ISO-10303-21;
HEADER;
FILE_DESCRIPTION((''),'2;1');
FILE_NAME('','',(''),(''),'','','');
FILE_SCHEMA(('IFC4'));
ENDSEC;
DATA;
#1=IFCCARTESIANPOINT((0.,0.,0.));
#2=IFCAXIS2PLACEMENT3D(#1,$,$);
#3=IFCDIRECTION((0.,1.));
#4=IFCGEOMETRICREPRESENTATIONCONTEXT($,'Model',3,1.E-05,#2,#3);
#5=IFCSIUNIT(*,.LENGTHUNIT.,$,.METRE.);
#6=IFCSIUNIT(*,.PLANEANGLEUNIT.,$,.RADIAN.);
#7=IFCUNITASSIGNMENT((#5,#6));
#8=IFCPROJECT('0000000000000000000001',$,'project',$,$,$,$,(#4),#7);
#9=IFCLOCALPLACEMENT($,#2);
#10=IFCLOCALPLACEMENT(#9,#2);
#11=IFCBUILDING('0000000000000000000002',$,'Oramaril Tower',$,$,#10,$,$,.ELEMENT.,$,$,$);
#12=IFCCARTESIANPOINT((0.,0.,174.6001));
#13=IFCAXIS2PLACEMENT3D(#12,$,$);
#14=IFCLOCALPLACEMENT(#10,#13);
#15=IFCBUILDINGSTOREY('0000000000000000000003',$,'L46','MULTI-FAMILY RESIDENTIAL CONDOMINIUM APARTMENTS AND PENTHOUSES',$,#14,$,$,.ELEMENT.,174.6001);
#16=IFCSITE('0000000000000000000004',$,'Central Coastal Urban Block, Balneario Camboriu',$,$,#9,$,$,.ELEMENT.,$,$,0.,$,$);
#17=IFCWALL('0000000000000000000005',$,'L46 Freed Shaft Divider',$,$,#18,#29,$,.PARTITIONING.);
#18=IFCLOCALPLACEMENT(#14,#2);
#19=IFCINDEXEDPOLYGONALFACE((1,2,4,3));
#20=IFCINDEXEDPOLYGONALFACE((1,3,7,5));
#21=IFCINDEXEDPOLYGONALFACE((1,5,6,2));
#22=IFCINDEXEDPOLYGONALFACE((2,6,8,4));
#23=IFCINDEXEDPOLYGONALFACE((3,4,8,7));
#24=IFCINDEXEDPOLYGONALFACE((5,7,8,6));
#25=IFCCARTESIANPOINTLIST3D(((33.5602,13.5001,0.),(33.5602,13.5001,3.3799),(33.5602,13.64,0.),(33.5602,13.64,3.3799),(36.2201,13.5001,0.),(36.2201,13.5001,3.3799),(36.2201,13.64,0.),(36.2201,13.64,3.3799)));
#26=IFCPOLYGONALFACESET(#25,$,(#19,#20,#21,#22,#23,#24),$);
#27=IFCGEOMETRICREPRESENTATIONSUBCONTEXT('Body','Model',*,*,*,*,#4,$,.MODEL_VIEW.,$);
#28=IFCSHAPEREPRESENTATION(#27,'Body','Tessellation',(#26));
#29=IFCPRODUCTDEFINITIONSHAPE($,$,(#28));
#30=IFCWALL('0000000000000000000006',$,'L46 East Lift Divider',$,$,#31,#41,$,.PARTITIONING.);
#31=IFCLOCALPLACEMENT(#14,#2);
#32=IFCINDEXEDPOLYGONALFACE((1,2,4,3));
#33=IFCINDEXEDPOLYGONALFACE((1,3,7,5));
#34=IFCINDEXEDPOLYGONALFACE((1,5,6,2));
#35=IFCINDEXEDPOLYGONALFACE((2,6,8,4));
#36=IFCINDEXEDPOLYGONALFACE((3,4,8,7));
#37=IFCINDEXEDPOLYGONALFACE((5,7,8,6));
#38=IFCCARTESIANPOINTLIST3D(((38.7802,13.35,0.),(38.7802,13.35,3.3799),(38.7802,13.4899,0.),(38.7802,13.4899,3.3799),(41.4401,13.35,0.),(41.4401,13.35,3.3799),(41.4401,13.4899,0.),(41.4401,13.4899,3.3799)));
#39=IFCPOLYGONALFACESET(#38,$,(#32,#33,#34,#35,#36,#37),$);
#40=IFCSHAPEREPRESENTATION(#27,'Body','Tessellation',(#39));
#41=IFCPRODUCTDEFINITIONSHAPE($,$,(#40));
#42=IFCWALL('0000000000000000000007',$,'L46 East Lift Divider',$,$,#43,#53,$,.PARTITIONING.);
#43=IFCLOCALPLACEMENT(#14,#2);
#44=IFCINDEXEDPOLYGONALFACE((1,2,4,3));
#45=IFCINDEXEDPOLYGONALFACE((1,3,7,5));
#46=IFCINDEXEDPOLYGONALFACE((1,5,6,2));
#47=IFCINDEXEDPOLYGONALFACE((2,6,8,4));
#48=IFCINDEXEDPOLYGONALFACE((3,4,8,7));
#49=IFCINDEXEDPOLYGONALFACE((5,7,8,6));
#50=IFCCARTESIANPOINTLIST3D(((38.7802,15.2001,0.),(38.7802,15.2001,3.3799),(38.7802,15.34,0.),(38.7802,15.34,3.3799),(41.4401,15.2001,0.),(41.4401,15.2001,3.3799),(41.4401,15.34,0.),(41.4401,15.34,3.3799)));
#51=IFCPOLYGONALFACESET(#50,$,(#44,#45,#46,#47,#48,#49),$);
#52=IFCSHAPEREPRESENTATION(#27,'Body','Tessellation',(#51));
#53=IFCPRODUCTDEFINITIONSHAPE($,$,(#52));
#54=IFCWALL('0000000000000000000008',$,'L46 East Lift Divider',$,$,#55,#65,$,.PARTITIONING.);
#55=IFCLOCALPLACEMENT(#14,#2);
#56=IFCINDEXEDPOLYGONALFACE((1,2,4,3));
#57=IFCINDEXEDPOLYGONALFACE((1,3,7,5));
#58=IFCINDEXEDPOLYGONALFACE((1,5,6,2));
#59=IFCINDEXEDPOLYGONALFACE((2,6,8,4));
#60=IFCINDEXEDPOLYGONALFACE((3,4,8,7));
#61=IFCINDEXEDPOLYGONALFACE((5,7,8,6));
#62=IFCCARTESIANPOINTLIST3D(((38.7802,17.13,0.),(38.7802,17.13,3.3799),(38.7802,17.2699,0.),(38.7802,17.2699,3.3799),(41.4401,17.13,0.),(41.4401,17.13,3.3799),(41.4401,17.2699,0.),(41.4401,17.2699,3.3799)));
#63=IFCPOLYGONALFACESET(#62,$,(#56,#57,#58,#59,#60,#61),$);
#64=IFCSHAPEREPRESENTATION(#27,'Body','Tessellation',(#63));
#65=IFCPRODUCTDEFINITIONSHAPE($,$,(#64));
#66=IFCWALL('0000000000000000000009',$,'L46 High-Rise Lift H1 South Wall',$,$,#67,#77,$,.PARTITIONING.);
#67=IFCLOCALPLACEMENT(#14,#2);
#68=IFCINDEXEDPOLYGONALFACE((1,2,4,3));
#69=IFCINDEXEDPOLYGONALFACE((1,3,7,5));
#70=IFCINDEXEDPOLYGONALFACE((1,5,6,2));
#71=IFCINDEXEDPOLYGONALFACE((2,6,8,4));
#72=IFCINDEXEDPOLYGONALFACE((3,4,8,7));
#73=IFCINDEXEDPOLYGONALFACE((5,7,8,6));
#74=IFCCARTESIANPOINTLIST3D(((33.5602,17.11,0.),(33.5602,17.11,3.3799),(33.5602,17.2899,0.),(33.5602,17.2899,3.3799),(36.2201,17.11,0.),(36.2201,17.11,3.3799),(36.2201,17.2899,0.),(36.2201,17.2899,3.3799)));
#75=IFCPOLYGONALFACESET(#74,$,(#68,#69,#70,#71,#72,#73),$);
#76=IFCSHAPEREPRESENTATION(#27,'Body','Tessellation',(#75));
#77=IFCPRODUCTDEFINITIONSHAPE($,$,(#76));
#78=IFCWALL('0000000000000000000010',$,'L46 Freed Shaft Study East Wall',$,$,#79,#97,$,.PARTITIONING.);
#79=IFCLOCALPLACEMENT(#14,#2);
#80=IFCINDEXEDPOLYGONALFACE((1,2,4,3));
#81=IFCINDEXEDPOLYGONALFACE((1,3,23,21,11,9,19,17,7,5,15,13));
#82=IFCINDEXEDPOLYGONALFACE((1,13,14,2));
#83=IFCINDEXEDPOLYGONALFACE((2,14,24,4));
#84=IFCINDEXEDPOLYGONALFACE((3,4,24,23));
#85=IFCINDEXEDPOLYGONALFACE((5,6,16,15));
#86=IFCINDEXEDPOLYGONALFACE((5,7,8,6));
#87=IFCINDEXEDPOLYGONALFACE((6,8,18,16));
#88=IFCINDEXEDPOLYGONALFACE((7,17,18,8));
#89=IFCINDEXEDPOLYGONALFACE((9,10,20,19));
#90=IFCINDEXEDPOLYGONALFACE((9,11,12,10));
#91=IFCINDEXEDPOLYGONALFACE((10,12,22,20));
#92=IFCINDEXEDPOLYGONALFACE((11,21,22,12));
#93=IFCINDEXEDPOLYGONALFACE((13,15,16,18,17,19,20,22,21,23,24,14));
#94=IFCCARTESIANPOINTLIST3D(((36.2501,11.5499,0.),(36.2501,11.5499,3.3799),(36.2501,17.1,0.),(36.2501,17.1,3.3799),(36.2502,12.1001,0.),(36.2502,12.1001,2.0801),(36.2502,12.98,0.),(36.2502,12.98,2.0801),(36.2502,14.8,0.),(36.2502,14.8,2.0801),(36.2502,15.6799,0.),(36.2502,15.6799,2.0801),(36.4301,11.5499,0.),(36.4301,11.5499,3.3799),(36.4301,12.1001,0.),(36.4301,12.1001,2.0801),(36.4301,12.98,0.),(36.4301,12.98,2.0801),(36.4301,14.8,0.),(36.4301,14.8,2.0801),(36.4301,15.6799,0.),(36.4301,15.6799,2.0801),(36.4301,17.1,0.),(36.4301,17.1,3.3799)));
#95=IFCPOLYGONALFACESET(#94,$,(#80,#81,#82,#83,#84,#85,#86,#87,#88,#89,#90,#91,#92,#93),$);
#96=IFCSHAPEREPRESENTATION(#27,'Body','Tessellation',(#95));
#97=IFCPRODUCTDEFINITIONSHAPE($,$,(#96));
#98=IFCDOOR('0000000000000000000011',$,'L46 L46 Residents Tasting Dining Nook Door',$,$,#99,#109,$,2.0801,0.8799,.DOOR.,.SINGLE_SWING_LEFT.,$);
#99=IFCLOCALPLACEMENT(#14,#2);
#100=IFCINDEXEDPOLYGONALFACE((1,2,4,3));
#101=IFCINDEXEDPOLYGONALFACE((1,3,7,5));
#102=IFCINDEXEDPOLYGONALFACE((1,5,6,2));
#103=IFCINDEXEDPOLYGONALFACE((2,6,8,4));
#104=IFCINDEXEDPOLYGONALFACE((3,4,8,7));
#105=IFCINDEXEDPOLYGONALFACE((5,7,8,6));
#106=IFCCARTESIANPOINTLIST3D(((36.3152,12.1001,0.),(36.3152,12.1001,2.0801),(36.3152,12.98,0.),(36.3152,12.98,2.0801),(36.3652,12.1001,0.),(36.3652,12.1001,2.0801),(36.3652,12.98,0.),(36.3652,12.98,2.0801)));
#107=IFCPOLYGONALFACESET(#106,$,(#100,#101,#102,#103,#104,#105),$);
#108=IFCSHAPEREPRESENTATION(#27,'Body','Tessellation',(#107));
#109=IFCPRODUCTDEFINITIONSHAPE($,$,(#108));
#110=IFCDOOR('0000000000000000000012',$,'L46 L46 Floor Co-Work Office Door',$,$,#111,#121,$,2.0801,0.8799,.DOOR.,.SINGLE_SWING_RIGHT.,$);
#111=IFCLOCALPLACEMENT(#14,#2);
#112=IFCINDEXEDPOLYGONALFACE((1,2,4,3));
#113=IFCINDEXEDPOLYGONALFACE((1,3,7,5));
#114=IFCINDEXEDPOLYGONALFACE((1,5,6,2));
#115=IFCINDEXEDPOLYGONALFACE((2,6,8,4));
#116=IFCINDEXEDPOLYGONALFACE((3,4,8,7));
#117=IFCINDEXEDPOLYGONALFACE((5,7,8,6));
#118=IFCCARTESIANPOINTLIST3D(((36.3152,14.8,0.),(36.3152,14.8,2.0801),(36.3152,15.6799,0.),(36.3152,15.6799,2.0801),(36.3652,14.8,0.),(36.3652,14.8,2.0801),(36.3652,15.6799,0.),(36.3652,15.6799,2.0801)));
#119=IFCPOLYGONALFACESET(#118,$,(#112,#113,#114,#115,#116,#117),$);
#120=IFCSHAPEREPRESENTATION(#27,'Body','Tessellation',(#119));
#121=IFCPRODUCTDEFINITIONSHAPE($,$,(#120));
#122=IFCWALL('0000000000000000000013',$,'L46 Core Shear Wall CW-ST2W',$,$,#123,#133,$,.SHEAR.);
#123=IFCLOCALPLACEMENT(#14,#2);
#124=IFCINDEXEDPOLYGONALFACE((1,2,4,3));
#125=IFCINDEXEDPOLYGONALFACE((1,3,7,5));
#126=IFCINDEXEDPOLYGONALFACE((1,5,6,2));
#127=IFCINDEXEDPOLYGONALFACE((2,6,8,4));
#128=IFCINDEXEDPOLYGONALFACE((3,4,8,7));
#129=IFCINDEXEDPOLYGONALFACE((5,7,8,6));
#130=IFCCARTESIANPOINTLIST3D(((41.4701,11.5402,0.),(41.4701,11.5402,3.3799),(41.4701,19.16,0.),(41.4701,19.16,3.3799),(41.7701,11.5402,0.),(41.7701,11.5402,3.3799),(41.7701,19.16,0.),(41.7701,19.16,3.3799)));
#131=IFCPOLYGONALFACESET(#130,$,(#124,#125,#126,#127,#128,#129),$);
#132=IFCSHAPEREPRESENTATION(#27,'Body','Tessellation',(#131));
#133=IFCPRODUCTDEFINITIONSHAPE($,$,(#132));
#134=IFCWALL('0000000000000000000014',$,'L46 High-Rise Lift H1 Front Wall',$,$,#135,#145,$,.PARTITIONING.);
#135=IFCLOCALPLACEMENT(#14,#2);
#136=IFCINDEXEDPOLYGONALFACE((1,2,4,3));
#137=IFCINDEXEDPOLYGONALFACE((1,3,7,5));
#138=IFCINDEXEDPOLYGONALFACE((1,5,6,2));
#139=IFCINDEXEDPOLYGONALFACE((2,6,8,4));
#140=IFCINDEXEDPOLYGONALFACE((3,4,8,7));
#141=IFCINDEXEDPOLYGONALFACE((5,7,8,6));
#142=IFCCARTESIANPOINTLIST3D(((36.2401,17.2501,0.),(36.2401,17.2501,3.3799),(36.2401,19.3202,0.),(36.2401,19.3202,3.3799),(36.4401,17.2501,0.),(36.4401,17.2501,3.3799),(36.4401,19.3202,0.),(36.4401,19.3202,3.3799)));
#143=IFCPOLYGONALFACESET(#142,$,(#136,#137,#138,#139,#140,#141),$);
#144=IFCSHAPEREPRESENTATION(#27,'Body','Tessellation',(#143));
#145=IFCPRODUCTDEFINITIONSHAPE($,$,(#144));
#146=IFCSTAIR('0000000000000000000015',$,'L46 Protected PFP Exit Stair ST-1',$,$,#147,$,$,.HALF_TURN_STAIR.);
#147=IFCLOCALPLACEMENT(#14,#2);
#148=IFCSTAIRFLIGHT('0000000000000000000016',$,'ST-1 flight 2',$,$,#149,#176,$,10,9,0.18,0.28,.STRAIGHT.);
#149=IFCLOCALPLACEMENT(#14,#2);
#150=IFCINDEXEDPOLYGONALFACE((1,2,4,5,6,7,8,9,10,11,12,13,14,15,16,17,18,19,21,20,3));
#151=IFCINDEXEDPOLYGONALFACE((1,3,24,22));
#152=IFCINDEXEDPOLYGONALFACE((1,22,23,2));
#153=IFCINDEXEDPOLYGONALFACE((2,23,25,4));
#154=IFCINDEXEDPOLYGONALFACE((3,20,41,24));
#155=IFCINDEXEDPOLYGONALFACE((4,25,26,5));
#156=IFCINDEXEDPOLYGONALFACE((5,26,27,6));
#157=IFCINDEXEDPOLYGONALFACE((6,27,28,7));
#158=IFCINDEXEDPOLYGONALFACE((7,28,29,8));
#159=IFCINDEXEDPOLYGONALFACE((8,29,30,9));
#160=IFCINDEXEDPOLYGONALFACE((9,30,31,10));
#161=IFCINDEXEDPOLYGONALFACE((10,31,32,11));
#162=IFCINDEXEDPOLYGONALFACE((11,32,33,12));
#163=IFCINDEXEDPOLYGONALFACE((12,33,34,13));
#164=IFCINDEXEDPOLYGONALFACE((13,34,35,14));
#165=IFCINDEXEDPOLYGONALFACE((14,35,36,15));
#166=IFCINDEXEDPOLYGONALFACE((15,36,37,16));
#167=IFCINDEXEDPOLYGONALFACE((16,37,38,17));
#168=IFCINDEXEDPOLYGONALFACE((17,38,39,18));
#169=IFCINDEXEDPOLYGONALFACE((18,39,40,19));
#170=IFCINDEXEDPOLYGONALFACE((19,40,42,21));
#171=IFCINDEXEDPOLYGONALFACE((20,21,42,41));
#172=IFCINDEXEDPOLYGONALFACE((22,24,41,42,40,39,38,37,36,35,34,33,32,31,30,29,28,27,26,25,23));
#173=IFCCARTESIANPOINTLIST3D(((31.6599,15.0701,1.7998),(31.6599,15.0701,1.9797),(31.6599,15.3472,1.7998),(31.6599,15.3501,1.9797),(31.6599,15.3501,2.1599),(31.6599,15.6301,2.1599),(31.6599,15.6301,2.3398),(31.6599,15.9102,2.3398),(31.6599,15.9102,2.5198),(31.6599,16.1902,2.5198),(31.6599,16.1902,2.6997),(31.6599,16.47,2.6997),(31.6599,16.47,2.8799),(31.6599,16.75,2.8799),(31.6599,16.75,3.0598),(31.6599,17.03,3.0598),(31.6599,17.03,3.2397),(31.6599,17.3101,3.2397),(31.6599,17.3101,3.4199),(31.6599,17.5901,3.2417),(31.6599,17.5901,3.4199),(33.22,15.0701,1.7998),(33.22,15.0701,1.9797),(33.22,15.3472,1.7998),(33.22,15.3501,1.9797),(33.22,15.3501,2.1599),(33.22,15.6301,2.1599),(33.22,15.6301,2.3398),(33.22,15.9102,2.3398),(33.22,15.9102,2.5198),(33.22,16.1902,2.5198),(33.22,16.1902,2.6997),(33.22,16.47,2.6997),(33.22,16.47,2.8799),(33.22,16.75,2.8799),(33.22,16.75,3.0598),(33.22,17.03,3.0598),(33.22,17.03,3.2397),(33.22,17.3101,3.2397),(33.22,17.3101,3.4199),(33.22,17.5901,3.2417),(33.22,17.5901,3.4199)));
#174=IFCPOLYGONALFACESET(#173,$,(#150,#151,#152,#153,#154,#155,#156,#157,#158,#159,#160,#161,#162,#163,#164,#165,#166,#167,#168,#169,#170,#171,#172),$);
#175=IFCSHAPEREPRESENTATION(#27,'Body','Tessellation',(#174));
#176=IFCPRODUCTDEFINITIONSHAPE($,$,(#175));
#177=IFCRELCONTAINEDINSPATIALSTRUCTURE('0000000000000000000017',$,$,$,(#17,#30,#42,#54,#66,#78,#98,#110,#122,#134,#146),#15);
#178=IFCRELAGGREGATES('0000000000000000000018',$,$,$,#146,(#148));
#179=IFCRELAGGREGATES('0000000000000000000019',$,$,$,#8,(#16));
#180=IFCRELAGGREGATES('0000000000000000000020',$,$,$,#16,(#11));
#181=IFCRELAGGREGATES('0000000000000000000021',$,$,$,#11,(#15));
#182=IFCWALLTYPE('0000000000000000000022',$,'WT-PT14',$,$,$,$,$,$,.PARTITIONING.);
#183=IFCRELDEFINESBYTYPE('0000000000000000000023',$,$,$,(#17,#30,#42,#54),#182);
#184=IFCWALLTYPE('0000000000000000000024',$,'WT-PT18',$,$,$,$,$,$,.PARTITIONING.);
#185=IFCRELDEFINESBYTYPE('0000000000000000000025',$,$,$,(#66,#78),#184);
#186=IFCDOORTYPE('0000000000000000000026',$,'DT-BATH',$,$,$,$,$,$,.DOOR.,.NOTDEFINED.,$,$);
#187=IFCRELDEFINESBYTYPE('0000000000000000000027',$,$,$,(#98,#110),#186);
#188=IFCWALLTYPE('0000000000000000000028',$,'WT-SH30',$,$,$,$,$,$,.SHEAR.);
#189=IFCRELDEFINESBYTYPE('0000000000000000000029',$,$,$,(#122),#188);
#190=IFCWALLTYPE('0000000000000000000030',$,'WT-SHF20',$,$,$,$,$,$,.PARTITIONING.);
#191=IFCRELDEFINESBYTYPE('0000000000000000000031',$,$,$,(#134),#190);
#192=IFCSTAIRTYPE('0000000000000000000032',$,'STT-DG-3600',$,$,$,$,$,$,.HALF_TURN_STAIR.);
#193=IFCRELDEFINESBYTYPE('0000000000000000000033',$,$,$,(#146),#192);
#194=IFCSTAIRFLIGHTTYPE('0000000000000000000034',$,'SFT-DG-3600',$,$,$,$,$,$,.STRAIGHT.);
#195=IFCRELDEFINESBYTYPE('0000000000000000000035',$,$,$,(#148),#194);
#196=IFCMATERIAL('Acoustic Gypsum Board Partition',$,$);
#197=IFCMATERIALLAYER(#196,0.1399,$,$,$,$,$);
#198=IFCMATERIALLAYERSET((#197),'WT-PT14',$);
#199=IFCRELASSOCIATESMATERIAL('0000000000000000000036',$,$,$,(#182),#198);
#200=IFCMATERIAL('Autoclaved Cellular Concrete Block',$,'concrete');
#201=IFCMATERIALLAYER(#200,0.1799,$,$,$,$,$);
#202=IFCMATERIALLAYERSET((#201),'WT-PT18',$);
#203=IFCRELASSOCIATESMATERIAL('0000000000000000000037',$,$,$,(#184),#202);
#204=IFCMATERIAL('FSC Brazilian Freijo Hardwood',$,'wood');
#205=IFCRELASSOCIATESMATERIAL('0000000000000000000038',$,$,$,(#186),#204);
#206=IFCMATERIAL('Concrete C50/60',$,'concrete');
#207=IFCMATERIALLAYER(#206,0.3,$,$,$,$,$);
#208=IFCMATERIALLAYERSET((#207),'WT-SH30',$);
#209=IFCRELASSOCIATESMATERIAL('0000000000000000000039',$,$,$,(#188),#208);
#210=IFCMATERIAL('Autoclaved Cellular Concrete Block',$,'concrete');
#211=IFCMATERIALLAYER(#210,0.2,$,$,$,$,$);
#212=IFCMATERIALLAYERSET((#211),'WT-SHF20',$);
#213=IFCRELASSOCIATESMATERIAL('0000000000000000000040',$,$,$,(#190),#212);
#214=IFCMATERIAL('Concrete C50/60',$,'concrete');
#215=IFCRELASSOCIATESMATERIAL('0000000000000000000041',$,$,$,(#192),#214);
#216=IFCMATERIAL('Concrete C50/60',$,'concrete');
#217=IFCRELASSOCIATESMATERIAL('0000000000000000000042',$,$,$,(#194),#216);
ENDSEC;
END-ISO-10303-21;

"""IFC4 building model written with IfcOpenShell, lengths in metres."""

from ifc_helpers import new_model, si_unit, direction, frame, frame_2d, origin, place, context, subcontext, project, spatial, polyline, rectangle, outline, extrude, material, layer, layer_set, type_object, element, fill, aggregate, save


model = new_model("IFC4")

# Units and contexts
model_context = context("Model", 3, precision=1e-05, world=origin(), true_north=direction((0.0, 1.0)))
body_context = subcontext(model_context, "Body", "Model", "MODEL_VIEW")
ifc_project = project(units=[si_unit("LENGTHUNIT", "METRE"), si_unit("PLANEANGLEUNIT", "RADIAN")], contexts=[model_context])

# Site, building, storey
site_placement = place(None, origin())
site = spatial("IfcSite", under=ifc_project, at=site_placement, Name="Central Coastal Urban Block, Balneario Camboriu", CompositionType="ELEMENT", RefElevation=0.0)
building_placement = place(site_placement, origin())
building = spatial("IfcBuilding", under=site, at=building_placement, Name="Oramaril Tower", CompositionType="ELEMENT")
storey_placement = place(building_placement, frame((0.0, 0.0, 174.6001)))
storey = spatial("IfcBuildingStorey", under=building, at=storey_placement, Name="L46", Description="MULTI-FAMILY RESIDENTIAL CONDOMINIUM APARTMENTS AND PENTHOUSES", CompositionType="ELEMENT", Elevation=174.6001)

# Walls
ifc_material_1 = material(Name="Acoustic Gypsum Board Partition")
ifc_layer_1 = layer(ifc_material_1, 0.1399)
ifc_layer_set_1 = layer_set([ifc_layer_1], Name="WT-PT14")
wall_type_1 = type_object("IfcWallType", Name="WT-PT14", PredefinedType="PARTITIONING", material=ifc_layer_set_1)
for number, where, z_axis, x_axis, name in (
    (1, (33.5601, 13.5701, 0.0), (0.0, 0.0, 1.0), (1.0, 0.0, 0.0), "L46 Freed Shaft Divider"),
    (2, (38.78, 13.4199, 0.0), (0.0, 0.0, 1.0), (1.0, 0.0, 0.0), "L46 East Lift Divider"),
    (3, (38.78, 15.27, 0.0), (0.0, 0.0, 1.0), (1.0, 0.0, 0.0), "L46 East Lift Divider"),
    (4, (38.78, 17.2, 0.0), (0.0, 0.0, 1.0), (1.0, 0.0, 0.0), "L46 East Lift Divider"),
):
    element("IfcWall", number, at=place(storey_placement, frame(where, z_axis=z_axis, x_axis=x_axis)), inside=storey, type_object=wall_type_1, Name=name, PredefinedType="PARTITIONING", context=body_context, shape_type="SweptSolid", body=[
        extrude(rectangle(XDim=2.6599, YDim=0.1399, at=frame_2d((1.3301, 0.0))), origin(), (0.0, 0.0, 1.0), 3.3799),
    ])
ifc_material_2 = material(Name="Autoclaved Cellular Concrete Block", Category="concrete")
ifc_layer_2 = layer(ifc_material_2, 0.1799)
ifc_layer_set_2 = layer_set([ifc_layer_2], Name="WT-PT18")
wall_type_2 = type_object("IfcWallType", Name="WT-PT18", PredefinedType="PARTITIONING", material=ifc_layer_set_2)
wall_1_placement = place(storey_placement, frame((33.5601, 17.2, 0.0), z_axis=(0.0, 0.0, 1.0), x_axis=(1.0, 0.0, 0.0)))
element("IfcWall", 5, at=wall_1_placement, inside=storey, type_object=wall_type_2, Name="L46 High-Rise Lift H1 South Wall", PredefinedType="PARTITIONING", context=body_context, shape_type="SweptSolid", body=[
    extrude(rectangle(XDim=2.6599, YDim=0.1799, at=frame_2d((1.3301, 0.0))), origin(), (0.0, 0.0, 1.0), 3.3799),
])

# Wall, openings, doors
wall_2_placement = place(storey_placement, frame((36.3401, 11.55, 0.0), z_axis=(0.0, 0.0, 1.0), x_axis=(0.0, 1.0, 0.0)))
wall_2 = element("IfcWall", 6, at=wall_2_placement, inside=storey, type_object=wall_type_2, Name="L46 Freed Shaft Study East Wall", PredefinedType="PARTITIONING", context=body_context, shape_type="SweptSolid", body=[
    extrude(rectangle(XDim=5.55, YDim=0.1799, at=frame_2d((2.7749, 0.0))), origin(), (0.0, 0.0, 1.0), 3.3799),
])
opening_1_placement = place(wall_2_placement, frame((0.55, 0.0, 0.0)))
opening_1 = element("IfcOpeningElement", 7, at=opening_1_placement, cuts=wall_2, PredefinedType="OPENING", context=body_context, shape_type="SweptSolid", body=[
    extrude(rectangle(XDim=0.8799, YDim=2.0801, at=frame_2d((0.4399, 1.04))), frame((0.0, 0.0898, 0.0), z_axis=(0.0, -1.0, 0.0), x_axis=(1.0, 0.0, 0.0)), (0.0, 0.0, 1.0), 0.1799),
])
opening_2_placement = place(wall_2_placement, frame((3.25, 0.0, 0.0)))
opening_2 = element("IfcOpeningElement", 8, at=opening_2_placement, cuts=wall_2, PredefinedType="OPENING", context=body_context, shape_type="SweptSolid", body=[
    extrude(rectangle(XDim=0.8799, YDim=2.0801, at=frame_2d((0.4399, 1.04))), frame((0.0, 0.0898, 0.0), z_axis=(0.0, -1.0, 0.0), x_axis=(1.0, 0.0, 0.0)), (0.0, 0.0, 1.0), 0.1799),
])
ifc_material_3 = material(Name="FSC Brazilian Freijo Hardwood", Category="wood")
door_type_1 = type_object("IfcDoorType", Name="DT-BATH", OperationType="NOTDEFINED", PredefinedType="DOOR", material=ifc_material_3)
door_1_placement = place(opening_1_placement, origin())
door_1 = element("IfcDoor", 9, at=door_1_placement, inside=storey, type_object=door_type_1, Name="L46 L46 Residents Tasting Dining Nook Door", OperationType="SINGLE_SWING_LEFT", OverallHeight=2.0801, OverallWidth=0.8799, PredefinedType="DOOR", context=body_context, shape_type="SweptSolid", body=[
    extrude(rectangle(XDim=0.8799, YDim=2.0801, at=frame_2d((0.4399, 1.04))), frame((0.0, 0.0249, 0.0), z_axis=(0.0, -1.0, 0.0), x_axis=(1.0, 0.0, 0.0)), (0.0, 0.0, 1.0), 0.05),
])
fill(opening_1, door_1)
door_2_placement = place(opening_2_placement, origin())
door_2 = element("IfcDoor", 10, at=door_2_placement, inside=storey, type_object=door_type_1, Name="L46 L46 Floor Co-Work Office Door", OperationType="SINGLE_SWING_RIGHT", OverallHeight=2.0801, OverallWidth=0.8799, PredefinedType="DOOR", context=body_context, shape_type="SweptSolid", body=[
    extrude(rectangle(XDim=0.8799, YDim=2.0801, at=frame_2d((0.4399, 1.04))), frame((0.0, 0.0249, 0.0), z_axis=(0.0, -1.0, 0.0), x_axis=(1.0, 0.0, 0.0)), (0.0, 0.0, 1.0), 0.05),
])
fill(opening_2, door_2)

# Walls
ifc_material_4 = material(Name="Concrete C50/60", Category="concrete")
ifc_layer_3 = layer(ifc_material_4, 0.3)
ifc_layer_set_3 = layer_set([ifc_layer_3], Name="WT-SH30")
wall_type_3 = type_object("IfcWallType", Name="WT-SH30", PredefinedType="SHEAR", material=ifc_layer_set_3)
wall_3_placement = place(storey_placement, frame((41.6201, 11.54, 0.0), z_axis=(0.0, 0.0, 1.0), x_axis=(0.0, 1.0, 0.0)))
element("IfcWall", 11, at=wall_3_placement, inside=storey, type_object=wall_type_3, Name="L46 Core Shear Wall CW-ST2W", PredefinedType="SHEAR", context=body_context, shape_type="SweptSolid", body=[
    extrude(rectangle(XDim=7.6199, YDim=0.3, at=frame_2d((3.8101, 0.0))), origin(), (0.0, 0.0, 1.0), 3.3799),
])
ifc_material_5 = material(Name="Autoclaved Cellular Concrete Block", Category="concrete")
ifc_layer_4 = layer(ifc_material_5, 0.2)
ifc_layer_set_4 = layer_set([ifc_layer_4], Name="WT-SHF20")
wall_type_4 = type_object("IfcWallType", Name="WT-SHF20", PredefinedType="PARTITIONING", material=ifc_layer_set_4)
wall_4_placement = place(storey_placement, frame((36.3401, 17.25, 0.0), z_axis=(0.0, 0.0, 1.0), x_axis=(0.0, 1.0, 0.0)))
element("IfcWall", 12, at=wall_4_placement, inside=storey, type_object=wall_type_4, Name="L46 High-Rise Lift H1 Front Wall", PredefinedType="PARTITIONING", context=body_context, shape_type="SweptSolid", body=[
    extrude(rectangle(XDim=2.0701, YDim=0.2, at=frame_2d((1.0352, 0.0))), origin(), (0.0, 0.0, 1.0), 3.3799),
])

# Stair, stair flight
ifc_material_6 = material(Name="Concrete C50/60", Category="concrete")
stair_type = type_object("IfcStairType", Name="STT-DG-3600", PredefinedType="HALF_TURN_STAIR", material=ifc_material_6)
stair_1_placement = place(storey_placement, origin())
stair_1 = element("IfcStair", 13, at=stair_1_placement, inside=storey, type_object=stair_type, Name="L46 Protected PFP Exit Stair ST-1", PredefinedType="HALF_TURN_STAIR")
ifc_material_7 = material(Name="Concrete C50/60", Category="concrete")
stair_flight_type = type_object("IfcStairFlightType", Name="SFT-DG-3600", PredefinedType="STRAIGHT", material=ifc_material_7)
stair_flight_1_placement = place(storey_placement, frame((32.4399, 15.0701, 1.7998), z_axis=(0.0, 0.0, 1.0), x_axis=(0.0, 1.0, 0.0)))
stair_flight_1 = element("IfcStairFlight", 14, at=stair_flight_1_placement, type_object=stair_flight_type, Name="ST-1 flight 2", NumberOfRisers=10, NumberOfTreads=9, PredefinedType="STRAIGHT", RiserHeight=0.18, TreadLength=0.28, context=body_context, shape_type="SweptSolid", body=[
    extrude(outline(polyline([(0.0, 0.0), (0.0, 0.1799), (0.28, 0.1799), (0.28, 0.3601), (0.5601, 0.3601), (0.5601, 0.54), (0.8401, 0.54), (0.8401, 0.72), (1.1201, 0.72), (1.1201, 0.8999), (1.3999, 0.8999), (1.3999, 1.0801), (1.6799, 1.0801), (1.6799, 1.26), (1.96, 1.26), (1.96, 1.4399), (2.24, 1.4399), (2.24, 1.6201), (2.52, 1.6201), (2.52, 1.8), (2.52, 1.4419), (0.2771, 0.0), (0.0, 0.0)])), frame((0.0, 0.78, 0.0), z_axis=(0.0, -1.0, 0.0), x_axis=(1.0, 0.0, 0.0)), (0.0, 0.0, 1.0), 1.5601),
])
aggregate(stair_1, [stair_flight_1])

save(model, "model.ifc")
